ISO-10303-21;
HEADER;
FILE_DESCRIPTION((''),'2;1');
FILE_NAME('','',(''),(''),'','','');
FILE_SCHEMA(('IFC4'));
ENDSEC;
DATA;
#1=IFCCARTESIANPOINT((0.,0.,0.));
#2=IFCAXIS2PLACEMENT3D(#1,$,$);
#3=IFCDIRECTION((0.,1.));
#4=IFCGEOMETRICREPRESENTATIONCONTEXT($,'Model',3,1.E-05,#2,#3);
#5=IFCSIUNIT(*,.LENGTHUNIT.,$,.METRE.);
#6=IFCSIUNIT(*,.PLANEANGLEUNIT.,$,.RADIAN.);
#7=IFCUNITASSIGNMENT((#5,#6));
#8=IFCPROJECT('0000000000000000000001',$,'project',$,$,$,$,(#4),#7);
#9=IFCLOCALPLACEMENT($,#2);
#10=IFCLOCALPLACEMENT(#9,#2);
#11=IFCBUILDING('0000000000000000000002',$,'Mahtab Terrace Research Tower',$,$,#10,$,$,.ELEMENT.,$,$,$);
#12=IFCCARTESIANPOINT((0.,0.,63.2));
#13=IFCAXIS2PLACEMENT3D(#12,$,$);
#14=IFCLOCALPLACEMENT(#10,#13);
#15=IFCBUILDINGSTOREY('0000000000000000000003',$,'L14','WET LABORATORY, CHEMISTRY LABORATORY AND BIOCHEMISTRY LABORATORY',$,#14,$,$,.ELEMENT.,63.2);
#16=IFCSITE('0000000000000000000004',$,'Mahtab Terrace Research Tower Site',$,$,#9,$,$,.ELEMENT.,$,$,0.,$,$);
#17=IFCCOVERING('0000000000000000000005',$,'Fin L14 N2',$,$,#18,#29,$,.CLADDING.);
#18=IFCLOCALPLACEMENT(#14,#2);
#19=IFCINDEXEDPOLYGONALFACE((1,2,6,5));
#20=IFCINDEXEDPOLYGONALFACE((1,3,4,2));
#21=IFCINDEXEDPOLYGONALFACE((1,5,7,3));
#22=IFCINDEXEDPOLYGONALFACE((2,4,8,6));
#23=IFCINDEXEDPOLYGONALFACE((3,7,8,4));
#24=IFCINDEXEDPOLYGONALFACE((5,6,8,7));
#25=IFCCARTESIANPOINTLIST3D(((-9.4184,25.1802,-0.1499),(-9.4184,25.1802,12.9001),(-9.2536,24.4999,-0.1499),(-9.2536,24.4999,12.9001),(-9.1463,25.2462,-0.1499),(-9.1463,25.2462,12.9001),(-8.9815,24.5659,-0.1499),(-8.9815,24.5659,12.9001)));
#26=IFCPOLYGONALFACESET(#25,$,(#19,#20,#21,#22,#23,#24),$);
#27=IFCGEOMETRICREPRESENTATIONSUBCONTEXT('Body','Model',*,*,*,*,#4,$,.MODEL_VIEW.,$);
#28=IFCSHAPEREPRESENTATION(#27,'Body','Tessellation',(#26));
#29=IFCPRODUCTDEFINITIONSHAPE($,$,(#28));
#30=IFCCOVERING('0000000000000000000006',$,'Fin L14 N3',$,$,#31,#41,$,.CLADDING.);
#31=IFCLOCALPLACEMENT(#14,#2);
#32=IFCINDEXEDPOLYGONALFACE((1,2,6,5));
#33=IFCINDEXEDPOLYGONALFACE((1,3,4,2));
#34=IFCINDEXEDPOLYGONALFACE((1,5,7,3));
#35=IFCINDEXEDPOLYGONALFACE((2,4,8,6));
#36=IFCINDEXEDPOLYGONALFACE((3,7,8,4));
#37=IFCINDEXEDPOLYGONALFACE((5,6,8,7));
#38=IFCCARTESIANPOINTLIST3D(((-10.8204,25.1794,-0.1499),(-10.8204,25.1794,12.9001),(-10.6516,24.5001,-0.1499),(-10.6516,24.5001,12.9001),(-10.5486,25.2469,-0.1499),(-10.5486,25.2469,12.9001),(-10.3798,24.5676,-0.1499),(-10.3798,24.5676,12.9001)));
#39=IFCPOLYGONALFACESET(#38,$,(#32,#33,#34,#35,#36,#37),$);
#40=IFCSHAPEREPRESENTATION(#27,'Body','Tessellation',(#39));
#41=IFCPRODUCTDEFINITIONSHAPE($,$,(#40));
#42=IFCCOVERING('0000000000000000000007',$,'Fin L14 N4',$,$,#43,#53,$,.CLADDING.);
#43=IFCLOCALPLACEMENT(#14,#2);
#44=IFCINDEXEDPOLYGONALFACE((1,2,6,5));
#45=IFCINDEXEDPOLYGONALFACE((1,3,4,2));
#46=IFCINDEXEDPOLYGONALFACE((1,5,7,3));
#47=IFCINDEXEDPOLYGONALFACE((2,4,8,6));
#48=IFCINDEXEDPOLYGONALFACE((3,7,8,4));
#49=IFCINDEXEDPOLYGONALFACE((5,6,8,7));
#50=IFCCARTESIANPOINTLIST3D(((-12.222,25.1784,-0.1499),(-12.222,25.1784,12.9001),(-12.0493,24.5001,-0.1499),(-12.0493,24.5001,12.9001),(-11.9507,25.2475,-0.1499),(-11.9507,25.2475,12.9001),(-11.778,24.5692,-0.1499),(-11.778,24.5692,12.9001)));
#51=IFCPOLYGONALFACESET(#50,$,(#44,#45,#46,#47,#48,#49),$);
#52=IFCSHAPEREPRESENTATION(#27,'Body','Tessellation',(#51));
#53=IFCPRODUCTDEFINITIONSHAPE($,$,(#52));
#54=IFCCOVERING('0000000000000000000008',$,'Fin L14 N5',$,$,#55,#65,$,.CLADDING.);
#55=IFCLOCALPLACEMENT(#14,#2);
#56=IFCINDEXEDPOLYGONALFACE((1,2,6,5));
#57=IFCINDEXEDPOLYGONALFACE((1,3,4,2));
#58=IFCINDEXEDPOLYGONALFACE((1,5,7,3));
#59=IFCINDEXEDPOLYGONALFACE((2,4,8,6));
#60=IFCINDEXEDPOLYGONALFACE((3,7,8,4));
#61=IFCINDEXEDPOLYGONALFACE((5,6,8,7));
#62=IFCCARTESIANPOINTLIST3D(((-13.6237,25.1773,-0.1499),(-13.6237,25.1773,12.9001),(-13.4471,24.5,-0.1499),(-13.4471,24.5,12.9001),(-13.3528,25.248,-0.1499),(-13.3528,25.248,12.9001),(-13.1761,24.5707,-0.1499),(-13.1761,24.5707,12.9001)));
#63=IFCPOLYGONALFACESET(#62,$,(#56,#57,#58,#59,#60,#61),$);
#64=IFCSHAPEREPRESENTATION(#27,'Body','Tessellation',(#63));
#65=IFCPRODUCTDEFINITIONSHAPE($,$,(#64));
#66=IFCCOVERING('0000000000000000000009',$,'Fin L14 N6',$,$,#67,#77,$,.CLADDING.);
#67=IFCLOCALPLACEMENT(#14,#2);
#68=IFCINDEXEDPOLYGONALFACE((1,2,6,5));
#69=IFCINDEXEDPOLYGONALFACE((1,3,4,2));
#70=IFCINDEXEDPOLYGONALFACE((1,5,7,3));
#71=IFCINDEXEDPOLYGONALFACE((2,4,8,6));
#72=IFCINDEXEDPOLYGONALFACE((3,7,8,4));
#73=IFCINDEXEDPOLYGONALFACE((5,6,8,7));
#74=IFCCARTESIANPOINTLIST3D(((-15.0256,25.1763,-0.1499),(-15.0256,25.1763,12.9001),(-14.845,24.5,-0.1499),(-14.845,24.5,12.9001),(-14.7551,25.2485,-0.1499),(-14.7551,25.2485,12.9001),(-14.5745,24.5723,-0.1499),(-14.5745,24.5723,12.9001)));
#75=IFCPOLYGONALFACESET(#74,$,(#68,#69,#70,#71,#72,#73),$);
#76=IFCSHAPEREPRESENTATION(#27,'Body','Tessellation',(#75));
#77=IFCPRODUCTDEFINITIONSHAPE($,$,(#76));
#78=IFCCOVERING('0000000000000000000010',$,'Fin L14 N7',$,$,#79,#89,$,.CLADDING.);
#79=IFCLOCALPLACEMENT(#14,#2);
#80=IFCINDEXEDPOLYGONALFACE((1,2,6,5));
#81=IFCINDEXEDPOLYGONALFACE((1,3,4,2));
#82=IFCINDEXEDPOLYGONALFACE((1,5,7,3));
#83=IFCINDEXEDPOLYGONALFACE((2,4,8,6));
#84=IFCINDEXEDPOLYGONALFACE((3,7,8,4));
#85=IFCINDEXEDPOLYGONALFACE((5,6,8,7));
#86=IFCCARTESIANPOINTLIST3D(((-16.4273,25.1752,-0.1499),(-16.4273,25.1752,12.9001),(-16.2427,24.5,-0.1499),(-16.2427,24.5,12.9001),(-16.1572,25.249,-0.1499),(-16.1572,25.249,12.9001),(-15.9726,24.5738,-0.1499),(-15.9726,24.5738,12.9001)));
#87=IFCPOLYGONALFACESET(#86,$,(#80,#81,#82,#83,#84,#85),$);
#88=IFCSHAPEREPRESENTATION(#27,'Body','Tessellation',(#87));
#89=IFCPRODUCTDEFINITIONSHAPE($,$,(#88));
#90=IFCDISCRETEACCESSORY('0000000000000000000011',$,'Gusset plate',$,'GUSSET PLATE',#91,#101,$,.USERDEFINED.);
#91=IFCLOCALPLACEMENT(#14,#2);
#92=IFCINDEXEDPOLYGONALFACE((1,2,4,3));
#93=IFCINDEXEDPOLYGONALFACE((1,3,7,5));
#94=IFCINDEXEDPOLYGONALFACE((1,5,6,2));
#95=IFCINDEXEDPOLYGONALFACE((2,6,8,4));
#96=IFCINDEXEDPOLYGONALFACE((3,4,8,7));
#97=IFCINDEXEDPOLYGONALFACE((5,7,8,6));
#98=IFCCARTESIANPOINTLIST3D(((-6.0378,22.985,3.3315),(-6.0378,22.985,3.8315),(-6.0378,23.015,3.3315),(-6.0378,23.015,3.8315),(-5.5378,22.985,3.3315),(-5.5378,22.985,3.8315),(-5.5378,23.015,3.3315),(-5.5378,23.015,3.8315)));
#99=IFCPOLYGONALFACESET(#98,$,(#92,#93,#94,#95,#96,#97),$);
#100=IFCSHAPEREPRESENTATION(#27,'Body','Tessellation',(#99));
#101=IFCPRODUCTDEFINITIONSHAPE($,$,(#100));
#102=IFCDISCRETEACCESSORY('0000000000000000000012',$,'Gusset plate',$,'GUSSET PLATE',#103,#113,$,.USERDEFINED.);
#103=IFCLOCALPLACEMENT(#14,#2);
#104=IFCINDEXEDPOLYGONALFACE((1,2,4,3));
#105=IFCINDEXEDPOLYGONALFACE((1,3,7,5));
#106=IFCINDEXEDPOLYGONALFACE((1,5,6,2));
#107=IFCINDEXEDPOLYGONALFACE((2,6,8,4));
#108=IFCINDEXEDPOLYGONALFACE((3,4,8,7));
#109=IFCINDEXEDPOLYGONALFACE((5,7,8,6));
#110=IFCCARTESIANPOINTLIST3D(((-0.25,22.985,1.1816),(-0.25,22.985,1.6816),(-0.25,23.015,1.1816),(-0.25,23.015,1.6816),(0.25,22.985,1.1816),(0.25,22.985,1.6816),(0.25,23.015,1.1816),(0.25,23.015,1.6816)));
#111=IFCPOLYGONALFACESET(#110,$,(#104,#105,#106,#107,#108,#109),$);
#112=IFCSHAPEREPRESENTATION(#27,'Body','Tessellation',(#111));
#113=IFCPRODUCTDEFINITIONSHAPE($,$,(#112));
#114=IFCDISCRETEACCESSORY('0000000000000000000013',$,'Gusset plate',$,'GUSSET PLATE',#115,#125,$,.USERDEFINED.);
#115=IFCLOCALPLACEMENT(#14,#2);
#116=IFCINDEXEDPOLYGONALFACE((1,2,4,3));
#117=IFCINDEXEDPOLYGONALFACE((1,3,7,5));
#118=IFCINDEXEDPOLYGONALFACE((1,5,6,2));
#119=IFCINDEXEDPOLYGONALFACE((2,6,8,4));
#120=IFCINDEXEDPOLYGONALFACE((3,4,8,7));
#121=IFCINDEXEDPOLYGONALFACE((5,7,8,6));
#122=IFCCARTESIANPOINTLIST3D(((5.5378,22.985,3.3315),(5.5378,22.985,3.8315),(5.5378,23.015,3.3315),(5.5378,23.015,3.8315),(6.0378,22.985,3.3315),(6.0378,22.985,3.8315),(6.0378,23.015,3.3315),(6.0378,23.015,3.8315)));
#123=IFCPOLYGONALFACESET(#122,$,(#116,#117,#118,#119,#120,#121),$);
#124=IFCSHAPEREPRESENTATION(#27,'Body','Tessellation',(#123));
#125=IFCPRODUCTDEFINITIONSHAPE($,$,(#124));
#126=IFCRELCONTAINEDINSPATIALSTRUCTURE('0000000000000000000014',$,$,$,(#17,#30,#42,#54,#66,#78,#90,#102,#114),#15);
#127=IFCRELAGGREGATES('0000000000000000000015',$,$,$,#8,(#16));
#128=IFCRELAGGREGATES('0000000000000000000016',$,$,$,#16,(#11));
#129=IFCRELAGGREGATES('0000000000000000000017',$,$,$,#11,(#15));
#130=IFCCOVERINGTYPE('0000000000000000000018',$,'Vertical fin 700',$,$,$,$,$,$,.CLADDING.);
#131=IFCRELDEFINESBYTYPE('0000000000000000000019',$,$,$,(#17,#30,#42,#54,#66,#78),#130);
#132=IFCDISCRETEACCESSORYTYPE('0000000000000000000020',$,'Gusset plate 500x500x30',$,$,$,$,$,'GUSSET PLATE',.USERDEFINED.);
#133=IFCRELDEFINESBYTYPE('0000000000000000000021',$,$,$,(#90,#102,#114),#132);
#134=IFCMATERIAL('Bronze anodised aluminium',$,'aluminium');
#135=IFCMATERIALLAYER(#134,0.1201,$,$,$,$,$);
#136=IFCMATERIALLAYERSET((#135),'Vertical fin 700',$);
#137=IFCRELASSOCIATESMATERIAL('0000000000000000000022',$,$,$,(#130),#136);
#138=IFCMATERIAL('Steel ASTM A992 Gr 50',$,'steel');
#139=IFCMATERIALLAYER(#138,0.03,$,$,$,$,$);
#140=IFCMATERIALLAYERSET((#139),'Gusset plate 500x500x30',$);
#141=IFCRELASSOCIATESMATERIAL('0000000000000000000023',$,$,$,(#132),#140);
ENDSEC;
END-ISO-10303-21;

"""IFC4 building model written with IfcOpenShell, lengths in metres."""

from ifc_helpers import new_model, si_unit, direction, frame, origin, origin_2d, place, context, subcontext, project, spatial, rectangle, extrude, material, layer, layer_set, type_object, element, save


model = new_model("IFC4")

# Units and contexts
model_context = context("Model", 3, precision=1e-05, world=origin(), true_north=direction((0.0, 1.0)))
body_context = subcontext(model_context, "Body", "Model", "MODEL_VIEW")
ifc_project = project(units=[si_unit("LENGTHUNIT", "METRE"), si_unit("PLANEANGLEUNIT", "RADIAN")], contexts=[model_context])

# Site, building, storey
site_placement = place(None, origin())
site = spatial("IfcSite", under=ifc_project, at=site_placement, Name="Mahtab Terrace Research Tower Site", CompositionType="ELEMENT", RefElevation=0.0)
building_placement = place(site_placement, origin())
building = spatial("IfcBuilding", under=site, at=building_placement, Name="Mahtab Terrace Research Tower", CompositionType="ELEMENT")
storey_placement = place(building_placement, frame((0.0, 0.0, 63.2)))
storey = spatial("IfcBuildingStorey", under=building, at=storey_placement, Name="L14", Description="WET LABORATORY, CHEMISTRY LABORATORY AND BIOCHEMISTRY LABORATORY", CompositionType="ELEMENT", Elevation=63.2)

# Shared definitions
ifc_material_1 = material(Name="Steel ASTM A992 Gr 50", Category="steel")

# Coverings
ifc_material_2 = material(Name="Bronze anodised aluminium", Category="aluminium")
ifc_layer_1 = layer(ifc_material_2, 0.1201)
ifc_layer_set_1 = layer_set([ifc_layer_1], Name="Vertical fin 700")
covering_type = type_object("IfcCoveringType", Name="Vertical fin 700", PredefinedType="CLADDING", material=ifc_layer_set_1)
for number, where, z_axis, x_axis, name in (
    (1, (-9.2, 24.873, -0.1499), (0.0, 0.0, 1.0), (-0.971883, -0.235465, 0.0), "Fin L14 N2"),
    (2, (-10.6001, 24.8735, -0.1499), (0.0, 0.0, 1.0), (-0.970496, -0.241115, 0.0), "Fin L14 N3"),
    (3, (-12.0, 24.8738, -0.1499), (0.0, 0.0, 1.0), (-0.969077, -0.246757, 0.0), "Fin L14 N4"),
    (4, (-13.3999, 24.874, -0.1499), (0.0, 0.0, 1.0), (-0.967625, -0.252391, 0.0), "Fin L14 N5"),
    (5, (-14.8, 24.8743, -0.1499), (0.0, 0.0, 1.0), (-0.966141, -0.258016, 0.0), "Fin L14 N6"),
    (6, (-16.2, 24.8745, -0.1499), (0.0, 0.0, 1.0), (-0.964623, -0.263633, 0.0), "Fin L14 N7"),
):
    element("IfcCovering", number, at=place(storey_placement, frame(where, z_axis=z_axis, x_axis=x_axis)), inside=storey, type_object=covering_type, Name=name, PredefinedType="CLADDING", context=body_context, shape_type="SweptSolid", body=[
        extrude(rectangle(XDim=0.28, YDim=0.7, at=origin_2d()), origin(), (0.0, 0.0, 1.0), 13.05),
    ])

# Discrete accessories
ifc_layer_2 = layer(ifc_material_1, 0.03)
ifc_layer_set_2 = layer_set([ifc_layer_2], Name="Gusset plate 500x500x30")
discrete_accessory_type = type_object("IfcDiscreteAccessoryType", Name="Gusset plate 500x500x30", ElementType="GUSSET PLATE", PredefinedType="USERDEFINED", material=ifc_layer_set_2)
for number, where, z_axis, x_axis, name in (
    (7, (-5.7878, 23.0, 3.3315), (0.0, 0.0, 1.0), (1.0, 0.0, 0.0), "Gusset plate"),
    (8, (0.0, 23.0, 1.1816), (0.0, 0.0, 1.0), (1.0, 0.0, 0.0), "Gusset plate"),
    (9, (5.7878, 23.0, 3.3315), (0.0, 0.0, 1.0), (1.0, 0.0, 0.0), "Gusset plate"),
):
    element("IfcDiscreteAccessory", number, at=place(storey_placement, frame(where, z_axis=z_axis, x_axis=x_axis)), inside=storey, type_object=discrete_accessory_type, Name=name, ObjectType="GUSSET PLATE", PredefinedType="USERDEFINED", context=body_context, shape_type="SweptSolid", body=[
        extrude(rectangle(XDim=0.5, YDim=0.03, at=origin_2d()), origin(), (0.0, 0.0, 1.0), 0.5),
    ])

save(model, "model.ifc")
